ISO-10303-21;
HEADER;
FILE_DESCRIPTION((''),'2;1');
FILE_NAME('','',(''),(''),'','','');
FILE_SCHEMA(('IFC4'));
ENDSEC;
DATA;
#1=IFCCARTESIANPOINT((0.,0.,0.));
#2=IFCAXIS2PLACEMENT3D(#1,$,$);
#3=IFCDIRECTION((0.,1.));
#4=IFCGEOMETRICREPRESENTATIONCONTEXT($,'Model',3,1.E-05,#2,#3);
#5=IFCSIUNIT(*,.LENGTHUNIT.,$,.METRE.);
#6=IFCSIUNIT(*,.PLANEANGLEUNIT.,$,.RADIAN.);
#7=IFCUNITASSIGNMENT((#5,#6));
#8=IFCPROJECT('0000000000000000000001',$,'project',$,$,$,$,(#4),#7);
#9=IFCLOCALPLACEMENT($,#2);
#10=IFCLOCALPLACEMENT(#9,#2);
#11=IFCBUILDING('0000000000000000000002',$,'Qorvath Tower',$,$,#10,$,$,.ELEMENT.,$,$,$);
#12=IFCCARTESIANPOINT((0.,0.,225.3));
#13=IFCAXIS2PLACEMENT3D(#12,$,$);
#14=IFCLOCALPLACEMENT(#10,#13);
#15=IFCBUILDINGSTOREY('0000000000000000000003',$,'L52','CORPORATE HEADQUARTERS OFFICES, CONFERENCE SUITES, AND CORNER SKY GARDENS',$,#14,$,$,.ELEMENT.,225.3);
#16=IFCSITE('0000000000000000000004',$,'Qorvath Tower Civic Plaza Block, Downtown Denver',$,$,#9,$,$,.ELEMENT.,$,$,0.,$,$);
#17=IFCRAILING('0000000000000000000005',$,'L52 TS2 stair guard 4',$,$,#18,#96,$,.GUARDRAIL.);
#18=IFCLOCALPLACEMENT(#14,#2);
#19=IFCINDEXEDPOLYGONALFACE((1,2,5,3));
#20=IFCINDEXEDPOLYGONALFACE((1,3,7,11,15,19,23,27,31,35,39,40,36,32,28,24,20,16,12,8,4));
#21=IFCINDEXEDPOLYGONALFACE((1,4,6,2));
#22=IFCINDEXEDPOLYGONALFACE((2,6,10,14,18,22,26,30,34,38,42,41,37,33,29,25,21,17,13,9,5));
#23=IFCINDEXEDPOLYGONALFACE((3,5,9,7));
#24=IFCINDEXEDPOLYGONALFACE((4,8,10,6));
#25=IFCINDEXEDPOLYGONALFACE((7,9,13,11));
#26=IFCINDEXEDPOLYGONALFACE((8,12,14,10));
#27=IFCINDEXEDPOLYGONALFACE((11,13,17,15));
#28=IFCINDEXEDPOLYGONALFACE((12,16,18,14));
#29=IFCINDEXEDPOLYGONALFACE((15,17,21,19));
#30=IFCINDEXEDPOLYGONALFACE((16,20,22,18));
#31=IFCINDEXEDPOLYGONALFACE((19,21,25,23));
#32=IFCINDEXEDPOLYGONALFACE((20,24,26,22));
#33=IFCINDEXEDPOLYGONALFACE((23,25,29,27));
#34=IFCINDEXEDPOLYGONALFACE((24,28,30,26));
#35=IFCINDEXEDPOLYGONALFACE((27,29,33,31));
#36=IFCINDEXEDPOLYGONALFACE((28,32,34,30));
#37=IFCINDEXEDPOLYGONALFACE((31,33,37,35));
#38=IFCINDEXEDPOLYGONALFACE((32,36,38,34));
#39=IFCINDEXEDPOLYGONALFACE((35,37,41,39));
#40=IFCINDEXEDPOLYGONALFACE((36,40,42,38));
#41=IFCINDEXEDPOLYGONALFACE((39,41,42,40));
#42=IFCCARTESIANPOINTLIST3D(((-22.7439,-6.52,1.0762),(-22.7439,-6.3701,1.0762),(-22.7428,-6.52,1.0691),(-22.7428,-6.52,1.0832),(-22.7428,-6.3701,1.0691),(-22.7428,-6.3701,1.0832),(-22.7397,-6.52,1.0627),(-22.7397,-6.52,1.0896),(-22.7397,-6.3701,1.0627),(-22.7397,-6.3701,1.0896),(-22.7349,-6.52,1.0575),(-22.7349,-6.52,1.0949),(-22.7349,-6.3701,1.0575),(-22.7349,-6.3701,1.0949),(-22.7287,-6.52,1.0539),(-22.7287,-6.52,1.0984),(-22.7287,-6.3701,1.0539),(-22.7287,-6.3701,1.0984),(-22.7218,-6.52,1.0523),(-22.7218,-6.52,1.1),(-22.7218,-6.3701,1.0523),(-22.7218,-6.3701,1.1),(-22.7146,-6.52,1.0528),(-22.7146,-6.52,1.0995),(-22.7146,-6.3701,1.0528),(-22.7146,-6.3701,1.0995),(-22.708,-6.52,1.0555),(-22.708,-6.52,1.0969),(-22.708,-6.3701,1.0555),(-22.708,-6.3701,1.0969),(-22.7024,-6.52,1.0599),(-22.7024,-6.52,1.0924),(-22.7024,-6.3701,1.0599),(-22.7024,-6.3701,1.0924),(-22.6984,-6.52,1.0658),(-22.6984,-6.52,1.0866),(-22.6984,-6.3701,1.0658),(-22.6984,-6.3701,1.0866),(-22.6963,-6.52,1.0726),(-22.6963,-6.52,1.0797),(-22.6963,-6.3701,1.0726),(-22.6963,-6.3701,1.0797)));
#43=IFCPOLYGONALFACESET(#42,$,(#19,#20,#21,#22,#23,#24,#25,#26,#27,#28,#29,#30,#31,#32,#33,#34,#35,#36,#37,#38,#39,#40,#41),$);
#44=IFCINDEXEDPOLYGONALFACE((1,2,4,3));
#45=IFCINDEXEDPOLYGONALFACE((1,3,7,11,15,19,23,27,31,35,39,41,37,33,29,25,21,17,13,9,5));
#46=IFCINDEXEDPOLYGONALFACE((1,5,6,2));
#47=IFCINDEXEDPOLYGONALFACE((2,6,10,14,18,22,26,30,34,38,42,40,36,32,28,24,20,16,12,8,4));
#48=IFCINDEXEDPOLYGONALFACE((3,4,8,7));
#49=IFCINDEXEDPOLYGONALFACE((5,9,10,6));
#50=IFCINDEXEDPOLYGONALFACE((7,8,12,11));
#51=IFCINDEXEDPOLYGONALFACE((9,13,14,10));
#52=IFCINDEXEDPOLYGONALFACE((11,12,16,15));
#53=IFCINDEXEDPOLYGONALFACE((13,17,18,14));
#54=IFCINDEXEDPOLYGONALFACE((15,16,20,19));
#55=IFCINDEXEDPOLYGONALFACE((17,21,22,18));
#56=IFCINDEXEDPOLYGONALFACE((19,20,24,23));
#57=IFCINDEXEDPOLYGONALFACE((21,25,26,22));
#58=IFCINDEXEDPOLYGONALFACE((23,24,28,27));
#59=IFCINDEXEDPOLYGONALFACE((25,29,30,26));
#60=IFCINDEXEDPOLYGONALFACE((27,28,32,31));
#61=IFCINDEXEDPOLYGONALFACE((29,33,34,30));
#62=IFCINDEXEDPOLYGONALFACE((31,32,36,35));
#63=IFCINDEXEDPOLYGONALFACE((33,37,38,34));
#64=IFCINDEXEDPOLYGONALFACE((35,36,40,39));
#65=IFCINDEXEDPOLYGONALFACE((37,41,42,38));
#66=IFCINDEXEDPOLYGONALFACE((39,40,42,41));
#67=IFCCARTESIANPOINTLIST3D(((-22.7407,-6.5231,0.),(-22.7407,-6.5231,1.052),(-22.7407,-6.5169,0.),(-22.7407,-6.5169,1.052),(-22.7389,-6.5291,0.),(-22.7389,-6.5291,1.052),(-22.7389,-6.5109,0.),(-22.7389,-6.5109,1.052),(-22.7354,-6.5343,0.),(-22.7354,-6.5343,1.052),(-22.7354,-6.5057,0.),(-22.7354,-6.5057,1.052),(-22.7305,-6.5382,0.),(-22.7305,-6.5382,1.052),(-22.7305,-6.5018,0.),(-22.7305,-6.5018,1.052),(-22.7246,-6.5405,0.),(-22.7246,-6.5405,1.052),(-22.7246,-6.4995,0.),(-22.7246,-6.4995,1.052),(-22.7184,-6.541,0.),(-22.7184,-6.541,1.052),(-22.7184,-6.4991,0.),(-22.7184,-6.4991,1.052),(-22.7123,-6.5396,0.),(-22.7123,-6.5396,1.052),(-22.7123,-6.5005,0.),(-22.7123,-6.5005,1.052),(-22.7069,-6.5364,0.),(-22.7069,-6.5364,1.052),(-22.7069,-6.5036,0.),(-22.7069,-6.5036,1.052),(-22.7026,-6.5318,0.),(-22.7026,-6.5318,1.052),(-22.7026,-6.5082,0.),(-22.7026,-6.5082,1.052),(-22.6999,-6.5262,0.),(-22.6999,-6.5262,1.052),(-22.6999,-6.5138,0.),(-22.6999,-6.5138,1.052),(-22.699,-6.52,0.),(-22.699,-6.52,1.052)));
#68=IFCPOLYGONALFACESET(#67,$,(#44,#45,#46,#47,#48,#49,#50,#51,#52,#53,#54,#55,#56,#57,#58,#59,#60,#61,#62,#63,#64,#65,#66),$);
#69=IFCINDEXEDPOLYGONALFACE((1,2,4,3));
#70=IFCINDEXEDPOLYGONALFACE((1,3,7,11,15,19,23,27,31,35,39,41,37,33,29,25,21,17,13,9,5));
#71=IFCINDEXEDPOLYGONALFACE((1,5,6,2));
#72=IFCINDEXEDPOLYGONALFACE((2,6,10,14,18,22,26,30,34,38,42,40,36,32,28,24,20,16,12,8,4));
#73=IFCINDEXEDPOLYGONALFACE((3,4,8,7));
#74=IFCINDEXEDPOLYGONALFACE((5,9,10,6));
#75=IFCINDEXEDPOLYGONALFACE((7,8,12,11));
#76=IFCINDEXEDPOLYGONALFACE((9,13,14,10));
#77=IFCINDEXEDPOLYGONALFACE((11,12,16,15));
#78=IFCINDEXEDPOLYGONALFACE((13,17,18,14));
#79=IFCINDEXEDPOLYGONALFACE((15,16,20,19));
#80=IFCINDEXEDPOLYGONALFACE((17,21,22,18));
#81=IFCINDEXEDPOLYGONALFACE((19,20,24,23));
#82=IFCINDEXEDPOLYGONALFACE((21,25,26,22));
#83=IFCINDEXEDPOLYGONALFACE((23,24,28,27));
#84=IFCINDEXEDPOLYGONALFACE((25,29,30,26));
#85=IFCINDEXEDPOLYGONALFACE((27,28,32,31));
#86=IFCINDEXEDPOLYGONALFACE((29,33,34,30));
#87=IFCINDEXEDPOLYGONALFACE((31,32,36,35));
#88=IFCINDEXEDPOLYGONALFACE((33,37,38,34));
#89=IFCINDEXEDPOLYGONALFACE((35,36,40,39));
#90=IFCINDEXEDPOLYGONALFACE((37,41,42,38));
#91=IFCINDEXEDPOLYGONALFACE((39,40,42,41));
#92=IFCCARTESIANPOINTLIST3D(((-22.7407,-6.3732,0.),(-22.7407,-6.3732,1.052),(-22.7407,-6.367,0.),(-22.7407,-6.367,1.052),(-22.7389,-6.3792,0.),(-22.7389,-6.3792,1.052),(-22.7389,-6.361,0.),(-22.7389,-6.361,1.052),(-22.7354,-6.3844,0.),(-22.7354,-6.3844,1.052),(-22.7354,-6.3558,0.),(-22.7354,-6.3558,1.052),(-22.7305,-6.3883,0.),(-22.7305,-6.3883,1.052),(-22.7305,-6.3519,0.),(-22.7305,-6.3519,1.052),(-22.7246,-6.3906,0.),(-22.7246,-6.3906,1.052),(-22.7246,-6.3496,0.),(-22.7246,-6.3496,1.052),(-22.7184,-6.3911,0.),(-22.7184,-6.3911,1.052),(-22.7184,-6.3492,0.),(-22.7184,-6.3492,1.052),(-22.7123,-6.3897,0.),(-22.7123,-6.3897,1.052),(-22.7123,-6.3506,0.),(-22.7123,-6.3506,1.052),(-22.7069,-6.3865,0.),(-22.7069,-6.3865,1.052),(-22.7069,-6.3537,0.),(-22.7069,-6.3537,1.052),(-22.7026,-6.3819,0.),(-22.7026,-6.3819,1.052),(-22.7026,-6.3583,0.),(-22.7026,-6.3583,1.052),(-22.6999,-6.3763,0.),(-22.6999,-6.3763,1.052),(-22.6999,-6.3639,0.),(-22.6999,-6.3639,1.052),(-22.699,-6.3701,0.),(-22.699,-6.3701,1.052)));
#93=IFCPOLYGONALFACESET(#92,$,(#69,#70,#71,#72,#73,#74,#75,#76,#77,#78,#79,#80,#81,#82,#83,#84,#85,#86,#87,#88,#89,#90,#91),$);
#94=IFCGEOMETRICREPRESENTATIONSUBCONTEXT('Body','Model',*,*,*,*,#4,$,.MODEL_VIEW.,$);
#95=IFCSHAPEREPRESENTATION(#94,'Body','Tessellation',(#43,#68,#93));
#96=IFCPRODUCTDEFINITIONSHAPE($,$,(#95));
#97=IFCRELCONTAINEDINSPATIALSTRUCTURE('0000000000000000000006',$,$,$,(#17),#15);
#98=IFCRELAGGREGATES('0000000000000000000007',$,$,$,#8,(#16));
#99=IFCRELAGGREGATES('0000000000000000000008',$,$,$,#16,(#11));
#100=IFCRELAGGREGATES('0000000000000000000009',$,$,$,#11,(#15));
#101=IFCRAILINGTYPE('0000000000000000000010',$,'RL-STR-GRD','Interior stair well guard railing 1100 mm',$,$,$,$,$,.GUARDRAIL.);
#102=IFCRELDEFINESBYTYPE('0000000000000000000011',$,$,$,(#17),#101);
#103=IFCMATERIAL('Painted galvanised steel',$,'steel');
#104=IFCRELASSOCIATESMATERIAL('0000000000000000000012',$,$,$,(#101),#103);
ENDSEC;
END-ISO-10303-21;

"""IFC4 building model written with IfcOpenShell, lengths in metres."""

from ifc_helpers import new_model, si_unit, direction, frame, origin, origin_2d, place, context, subcontext, project, spatial, circle, extrude, material, type_object, element, save


model = new_model("IFC4")

# Units and contexts
model_context = context("Model", 3, precision=1e-05, world=origin(), true_north=direction((0.0, 1.0)))
body_context = subcontext(model_context, "Body", "Model", "MODEL_VIEW")
ifc_project = project(units=[si_unit("LENGTHUNIT", "METRE"), si_unit("PLANEANGLEUNIT", "RADIAN")], contexts=[model_context])

# Site, building, storey
site_placement = place(None, origin())
site = spatial("IfcSite", under=ifc_project, at=site_placement, Name="Qorvath Tower Civic Plaza Block, Downtown Denver", CompositionType="ELEMENT", RefElevation=0.0)
building_placement = place(site_placement, origin())
building = spatial("IfcBuilding", under=site, at=building_placement, Name="Qorvath Tower", CompositionType="ELEMENT")
storey_placement = place(building_placement, frame((0.0, 0.0, 225.3)))
storey = spatial("IfcBuildingStorey", under=building, at=storey_placement, Name="L52", Description="CORPORATE HEADQUARTERS OFFICES, CONFERENCE SUITES, AND CORNER SKY GARDENS", CompositionType="ELEMENT", Elevation=225.3)

# Railing
ifc_material_1 = material(Name="Painted galvanised steel", Category="steel")
railing_type_1 = type_object("IfcRailingType", Name="RL-STR-GRD", Description="Interior stair well guard railing 1100 mm", PredefinedType="GUARDRAIL", material=ifc_material_1)
railing_1_placement = place(storey_placement, frame((-22.72, -6.52, 0.0)))
element("IfcRailing", 1, at=railing_1_placement, inside=storey, type_object=railing_type_1, Name="L52 TS2 stair guard 4", PredefinedType="GUARDRAIL", context=body_context, shape_type="SweptSolid", body=[
    extrude(circle(Radius=0.0239, at=origin_2d()), frame((0.0, 0.0, 1.0762), z_axis=(0.0, 1.0, 0.0), x_axis=(-1.0, 0.0, 0.0)), (0.0, 0.0, 1.0), 0.1499),
    extrude(circle(Radius=0.021, at=origin_2d()), origin(), (0.0, 0.0, 1.0), 1.052),
    extrude(circle(Radius=0.021, at=origin_2d()), frame((0.0, 0.1499, 0.0)), (0.0, 0.0, 1.0), 1.052),
])

save(model, "model.ifc")
